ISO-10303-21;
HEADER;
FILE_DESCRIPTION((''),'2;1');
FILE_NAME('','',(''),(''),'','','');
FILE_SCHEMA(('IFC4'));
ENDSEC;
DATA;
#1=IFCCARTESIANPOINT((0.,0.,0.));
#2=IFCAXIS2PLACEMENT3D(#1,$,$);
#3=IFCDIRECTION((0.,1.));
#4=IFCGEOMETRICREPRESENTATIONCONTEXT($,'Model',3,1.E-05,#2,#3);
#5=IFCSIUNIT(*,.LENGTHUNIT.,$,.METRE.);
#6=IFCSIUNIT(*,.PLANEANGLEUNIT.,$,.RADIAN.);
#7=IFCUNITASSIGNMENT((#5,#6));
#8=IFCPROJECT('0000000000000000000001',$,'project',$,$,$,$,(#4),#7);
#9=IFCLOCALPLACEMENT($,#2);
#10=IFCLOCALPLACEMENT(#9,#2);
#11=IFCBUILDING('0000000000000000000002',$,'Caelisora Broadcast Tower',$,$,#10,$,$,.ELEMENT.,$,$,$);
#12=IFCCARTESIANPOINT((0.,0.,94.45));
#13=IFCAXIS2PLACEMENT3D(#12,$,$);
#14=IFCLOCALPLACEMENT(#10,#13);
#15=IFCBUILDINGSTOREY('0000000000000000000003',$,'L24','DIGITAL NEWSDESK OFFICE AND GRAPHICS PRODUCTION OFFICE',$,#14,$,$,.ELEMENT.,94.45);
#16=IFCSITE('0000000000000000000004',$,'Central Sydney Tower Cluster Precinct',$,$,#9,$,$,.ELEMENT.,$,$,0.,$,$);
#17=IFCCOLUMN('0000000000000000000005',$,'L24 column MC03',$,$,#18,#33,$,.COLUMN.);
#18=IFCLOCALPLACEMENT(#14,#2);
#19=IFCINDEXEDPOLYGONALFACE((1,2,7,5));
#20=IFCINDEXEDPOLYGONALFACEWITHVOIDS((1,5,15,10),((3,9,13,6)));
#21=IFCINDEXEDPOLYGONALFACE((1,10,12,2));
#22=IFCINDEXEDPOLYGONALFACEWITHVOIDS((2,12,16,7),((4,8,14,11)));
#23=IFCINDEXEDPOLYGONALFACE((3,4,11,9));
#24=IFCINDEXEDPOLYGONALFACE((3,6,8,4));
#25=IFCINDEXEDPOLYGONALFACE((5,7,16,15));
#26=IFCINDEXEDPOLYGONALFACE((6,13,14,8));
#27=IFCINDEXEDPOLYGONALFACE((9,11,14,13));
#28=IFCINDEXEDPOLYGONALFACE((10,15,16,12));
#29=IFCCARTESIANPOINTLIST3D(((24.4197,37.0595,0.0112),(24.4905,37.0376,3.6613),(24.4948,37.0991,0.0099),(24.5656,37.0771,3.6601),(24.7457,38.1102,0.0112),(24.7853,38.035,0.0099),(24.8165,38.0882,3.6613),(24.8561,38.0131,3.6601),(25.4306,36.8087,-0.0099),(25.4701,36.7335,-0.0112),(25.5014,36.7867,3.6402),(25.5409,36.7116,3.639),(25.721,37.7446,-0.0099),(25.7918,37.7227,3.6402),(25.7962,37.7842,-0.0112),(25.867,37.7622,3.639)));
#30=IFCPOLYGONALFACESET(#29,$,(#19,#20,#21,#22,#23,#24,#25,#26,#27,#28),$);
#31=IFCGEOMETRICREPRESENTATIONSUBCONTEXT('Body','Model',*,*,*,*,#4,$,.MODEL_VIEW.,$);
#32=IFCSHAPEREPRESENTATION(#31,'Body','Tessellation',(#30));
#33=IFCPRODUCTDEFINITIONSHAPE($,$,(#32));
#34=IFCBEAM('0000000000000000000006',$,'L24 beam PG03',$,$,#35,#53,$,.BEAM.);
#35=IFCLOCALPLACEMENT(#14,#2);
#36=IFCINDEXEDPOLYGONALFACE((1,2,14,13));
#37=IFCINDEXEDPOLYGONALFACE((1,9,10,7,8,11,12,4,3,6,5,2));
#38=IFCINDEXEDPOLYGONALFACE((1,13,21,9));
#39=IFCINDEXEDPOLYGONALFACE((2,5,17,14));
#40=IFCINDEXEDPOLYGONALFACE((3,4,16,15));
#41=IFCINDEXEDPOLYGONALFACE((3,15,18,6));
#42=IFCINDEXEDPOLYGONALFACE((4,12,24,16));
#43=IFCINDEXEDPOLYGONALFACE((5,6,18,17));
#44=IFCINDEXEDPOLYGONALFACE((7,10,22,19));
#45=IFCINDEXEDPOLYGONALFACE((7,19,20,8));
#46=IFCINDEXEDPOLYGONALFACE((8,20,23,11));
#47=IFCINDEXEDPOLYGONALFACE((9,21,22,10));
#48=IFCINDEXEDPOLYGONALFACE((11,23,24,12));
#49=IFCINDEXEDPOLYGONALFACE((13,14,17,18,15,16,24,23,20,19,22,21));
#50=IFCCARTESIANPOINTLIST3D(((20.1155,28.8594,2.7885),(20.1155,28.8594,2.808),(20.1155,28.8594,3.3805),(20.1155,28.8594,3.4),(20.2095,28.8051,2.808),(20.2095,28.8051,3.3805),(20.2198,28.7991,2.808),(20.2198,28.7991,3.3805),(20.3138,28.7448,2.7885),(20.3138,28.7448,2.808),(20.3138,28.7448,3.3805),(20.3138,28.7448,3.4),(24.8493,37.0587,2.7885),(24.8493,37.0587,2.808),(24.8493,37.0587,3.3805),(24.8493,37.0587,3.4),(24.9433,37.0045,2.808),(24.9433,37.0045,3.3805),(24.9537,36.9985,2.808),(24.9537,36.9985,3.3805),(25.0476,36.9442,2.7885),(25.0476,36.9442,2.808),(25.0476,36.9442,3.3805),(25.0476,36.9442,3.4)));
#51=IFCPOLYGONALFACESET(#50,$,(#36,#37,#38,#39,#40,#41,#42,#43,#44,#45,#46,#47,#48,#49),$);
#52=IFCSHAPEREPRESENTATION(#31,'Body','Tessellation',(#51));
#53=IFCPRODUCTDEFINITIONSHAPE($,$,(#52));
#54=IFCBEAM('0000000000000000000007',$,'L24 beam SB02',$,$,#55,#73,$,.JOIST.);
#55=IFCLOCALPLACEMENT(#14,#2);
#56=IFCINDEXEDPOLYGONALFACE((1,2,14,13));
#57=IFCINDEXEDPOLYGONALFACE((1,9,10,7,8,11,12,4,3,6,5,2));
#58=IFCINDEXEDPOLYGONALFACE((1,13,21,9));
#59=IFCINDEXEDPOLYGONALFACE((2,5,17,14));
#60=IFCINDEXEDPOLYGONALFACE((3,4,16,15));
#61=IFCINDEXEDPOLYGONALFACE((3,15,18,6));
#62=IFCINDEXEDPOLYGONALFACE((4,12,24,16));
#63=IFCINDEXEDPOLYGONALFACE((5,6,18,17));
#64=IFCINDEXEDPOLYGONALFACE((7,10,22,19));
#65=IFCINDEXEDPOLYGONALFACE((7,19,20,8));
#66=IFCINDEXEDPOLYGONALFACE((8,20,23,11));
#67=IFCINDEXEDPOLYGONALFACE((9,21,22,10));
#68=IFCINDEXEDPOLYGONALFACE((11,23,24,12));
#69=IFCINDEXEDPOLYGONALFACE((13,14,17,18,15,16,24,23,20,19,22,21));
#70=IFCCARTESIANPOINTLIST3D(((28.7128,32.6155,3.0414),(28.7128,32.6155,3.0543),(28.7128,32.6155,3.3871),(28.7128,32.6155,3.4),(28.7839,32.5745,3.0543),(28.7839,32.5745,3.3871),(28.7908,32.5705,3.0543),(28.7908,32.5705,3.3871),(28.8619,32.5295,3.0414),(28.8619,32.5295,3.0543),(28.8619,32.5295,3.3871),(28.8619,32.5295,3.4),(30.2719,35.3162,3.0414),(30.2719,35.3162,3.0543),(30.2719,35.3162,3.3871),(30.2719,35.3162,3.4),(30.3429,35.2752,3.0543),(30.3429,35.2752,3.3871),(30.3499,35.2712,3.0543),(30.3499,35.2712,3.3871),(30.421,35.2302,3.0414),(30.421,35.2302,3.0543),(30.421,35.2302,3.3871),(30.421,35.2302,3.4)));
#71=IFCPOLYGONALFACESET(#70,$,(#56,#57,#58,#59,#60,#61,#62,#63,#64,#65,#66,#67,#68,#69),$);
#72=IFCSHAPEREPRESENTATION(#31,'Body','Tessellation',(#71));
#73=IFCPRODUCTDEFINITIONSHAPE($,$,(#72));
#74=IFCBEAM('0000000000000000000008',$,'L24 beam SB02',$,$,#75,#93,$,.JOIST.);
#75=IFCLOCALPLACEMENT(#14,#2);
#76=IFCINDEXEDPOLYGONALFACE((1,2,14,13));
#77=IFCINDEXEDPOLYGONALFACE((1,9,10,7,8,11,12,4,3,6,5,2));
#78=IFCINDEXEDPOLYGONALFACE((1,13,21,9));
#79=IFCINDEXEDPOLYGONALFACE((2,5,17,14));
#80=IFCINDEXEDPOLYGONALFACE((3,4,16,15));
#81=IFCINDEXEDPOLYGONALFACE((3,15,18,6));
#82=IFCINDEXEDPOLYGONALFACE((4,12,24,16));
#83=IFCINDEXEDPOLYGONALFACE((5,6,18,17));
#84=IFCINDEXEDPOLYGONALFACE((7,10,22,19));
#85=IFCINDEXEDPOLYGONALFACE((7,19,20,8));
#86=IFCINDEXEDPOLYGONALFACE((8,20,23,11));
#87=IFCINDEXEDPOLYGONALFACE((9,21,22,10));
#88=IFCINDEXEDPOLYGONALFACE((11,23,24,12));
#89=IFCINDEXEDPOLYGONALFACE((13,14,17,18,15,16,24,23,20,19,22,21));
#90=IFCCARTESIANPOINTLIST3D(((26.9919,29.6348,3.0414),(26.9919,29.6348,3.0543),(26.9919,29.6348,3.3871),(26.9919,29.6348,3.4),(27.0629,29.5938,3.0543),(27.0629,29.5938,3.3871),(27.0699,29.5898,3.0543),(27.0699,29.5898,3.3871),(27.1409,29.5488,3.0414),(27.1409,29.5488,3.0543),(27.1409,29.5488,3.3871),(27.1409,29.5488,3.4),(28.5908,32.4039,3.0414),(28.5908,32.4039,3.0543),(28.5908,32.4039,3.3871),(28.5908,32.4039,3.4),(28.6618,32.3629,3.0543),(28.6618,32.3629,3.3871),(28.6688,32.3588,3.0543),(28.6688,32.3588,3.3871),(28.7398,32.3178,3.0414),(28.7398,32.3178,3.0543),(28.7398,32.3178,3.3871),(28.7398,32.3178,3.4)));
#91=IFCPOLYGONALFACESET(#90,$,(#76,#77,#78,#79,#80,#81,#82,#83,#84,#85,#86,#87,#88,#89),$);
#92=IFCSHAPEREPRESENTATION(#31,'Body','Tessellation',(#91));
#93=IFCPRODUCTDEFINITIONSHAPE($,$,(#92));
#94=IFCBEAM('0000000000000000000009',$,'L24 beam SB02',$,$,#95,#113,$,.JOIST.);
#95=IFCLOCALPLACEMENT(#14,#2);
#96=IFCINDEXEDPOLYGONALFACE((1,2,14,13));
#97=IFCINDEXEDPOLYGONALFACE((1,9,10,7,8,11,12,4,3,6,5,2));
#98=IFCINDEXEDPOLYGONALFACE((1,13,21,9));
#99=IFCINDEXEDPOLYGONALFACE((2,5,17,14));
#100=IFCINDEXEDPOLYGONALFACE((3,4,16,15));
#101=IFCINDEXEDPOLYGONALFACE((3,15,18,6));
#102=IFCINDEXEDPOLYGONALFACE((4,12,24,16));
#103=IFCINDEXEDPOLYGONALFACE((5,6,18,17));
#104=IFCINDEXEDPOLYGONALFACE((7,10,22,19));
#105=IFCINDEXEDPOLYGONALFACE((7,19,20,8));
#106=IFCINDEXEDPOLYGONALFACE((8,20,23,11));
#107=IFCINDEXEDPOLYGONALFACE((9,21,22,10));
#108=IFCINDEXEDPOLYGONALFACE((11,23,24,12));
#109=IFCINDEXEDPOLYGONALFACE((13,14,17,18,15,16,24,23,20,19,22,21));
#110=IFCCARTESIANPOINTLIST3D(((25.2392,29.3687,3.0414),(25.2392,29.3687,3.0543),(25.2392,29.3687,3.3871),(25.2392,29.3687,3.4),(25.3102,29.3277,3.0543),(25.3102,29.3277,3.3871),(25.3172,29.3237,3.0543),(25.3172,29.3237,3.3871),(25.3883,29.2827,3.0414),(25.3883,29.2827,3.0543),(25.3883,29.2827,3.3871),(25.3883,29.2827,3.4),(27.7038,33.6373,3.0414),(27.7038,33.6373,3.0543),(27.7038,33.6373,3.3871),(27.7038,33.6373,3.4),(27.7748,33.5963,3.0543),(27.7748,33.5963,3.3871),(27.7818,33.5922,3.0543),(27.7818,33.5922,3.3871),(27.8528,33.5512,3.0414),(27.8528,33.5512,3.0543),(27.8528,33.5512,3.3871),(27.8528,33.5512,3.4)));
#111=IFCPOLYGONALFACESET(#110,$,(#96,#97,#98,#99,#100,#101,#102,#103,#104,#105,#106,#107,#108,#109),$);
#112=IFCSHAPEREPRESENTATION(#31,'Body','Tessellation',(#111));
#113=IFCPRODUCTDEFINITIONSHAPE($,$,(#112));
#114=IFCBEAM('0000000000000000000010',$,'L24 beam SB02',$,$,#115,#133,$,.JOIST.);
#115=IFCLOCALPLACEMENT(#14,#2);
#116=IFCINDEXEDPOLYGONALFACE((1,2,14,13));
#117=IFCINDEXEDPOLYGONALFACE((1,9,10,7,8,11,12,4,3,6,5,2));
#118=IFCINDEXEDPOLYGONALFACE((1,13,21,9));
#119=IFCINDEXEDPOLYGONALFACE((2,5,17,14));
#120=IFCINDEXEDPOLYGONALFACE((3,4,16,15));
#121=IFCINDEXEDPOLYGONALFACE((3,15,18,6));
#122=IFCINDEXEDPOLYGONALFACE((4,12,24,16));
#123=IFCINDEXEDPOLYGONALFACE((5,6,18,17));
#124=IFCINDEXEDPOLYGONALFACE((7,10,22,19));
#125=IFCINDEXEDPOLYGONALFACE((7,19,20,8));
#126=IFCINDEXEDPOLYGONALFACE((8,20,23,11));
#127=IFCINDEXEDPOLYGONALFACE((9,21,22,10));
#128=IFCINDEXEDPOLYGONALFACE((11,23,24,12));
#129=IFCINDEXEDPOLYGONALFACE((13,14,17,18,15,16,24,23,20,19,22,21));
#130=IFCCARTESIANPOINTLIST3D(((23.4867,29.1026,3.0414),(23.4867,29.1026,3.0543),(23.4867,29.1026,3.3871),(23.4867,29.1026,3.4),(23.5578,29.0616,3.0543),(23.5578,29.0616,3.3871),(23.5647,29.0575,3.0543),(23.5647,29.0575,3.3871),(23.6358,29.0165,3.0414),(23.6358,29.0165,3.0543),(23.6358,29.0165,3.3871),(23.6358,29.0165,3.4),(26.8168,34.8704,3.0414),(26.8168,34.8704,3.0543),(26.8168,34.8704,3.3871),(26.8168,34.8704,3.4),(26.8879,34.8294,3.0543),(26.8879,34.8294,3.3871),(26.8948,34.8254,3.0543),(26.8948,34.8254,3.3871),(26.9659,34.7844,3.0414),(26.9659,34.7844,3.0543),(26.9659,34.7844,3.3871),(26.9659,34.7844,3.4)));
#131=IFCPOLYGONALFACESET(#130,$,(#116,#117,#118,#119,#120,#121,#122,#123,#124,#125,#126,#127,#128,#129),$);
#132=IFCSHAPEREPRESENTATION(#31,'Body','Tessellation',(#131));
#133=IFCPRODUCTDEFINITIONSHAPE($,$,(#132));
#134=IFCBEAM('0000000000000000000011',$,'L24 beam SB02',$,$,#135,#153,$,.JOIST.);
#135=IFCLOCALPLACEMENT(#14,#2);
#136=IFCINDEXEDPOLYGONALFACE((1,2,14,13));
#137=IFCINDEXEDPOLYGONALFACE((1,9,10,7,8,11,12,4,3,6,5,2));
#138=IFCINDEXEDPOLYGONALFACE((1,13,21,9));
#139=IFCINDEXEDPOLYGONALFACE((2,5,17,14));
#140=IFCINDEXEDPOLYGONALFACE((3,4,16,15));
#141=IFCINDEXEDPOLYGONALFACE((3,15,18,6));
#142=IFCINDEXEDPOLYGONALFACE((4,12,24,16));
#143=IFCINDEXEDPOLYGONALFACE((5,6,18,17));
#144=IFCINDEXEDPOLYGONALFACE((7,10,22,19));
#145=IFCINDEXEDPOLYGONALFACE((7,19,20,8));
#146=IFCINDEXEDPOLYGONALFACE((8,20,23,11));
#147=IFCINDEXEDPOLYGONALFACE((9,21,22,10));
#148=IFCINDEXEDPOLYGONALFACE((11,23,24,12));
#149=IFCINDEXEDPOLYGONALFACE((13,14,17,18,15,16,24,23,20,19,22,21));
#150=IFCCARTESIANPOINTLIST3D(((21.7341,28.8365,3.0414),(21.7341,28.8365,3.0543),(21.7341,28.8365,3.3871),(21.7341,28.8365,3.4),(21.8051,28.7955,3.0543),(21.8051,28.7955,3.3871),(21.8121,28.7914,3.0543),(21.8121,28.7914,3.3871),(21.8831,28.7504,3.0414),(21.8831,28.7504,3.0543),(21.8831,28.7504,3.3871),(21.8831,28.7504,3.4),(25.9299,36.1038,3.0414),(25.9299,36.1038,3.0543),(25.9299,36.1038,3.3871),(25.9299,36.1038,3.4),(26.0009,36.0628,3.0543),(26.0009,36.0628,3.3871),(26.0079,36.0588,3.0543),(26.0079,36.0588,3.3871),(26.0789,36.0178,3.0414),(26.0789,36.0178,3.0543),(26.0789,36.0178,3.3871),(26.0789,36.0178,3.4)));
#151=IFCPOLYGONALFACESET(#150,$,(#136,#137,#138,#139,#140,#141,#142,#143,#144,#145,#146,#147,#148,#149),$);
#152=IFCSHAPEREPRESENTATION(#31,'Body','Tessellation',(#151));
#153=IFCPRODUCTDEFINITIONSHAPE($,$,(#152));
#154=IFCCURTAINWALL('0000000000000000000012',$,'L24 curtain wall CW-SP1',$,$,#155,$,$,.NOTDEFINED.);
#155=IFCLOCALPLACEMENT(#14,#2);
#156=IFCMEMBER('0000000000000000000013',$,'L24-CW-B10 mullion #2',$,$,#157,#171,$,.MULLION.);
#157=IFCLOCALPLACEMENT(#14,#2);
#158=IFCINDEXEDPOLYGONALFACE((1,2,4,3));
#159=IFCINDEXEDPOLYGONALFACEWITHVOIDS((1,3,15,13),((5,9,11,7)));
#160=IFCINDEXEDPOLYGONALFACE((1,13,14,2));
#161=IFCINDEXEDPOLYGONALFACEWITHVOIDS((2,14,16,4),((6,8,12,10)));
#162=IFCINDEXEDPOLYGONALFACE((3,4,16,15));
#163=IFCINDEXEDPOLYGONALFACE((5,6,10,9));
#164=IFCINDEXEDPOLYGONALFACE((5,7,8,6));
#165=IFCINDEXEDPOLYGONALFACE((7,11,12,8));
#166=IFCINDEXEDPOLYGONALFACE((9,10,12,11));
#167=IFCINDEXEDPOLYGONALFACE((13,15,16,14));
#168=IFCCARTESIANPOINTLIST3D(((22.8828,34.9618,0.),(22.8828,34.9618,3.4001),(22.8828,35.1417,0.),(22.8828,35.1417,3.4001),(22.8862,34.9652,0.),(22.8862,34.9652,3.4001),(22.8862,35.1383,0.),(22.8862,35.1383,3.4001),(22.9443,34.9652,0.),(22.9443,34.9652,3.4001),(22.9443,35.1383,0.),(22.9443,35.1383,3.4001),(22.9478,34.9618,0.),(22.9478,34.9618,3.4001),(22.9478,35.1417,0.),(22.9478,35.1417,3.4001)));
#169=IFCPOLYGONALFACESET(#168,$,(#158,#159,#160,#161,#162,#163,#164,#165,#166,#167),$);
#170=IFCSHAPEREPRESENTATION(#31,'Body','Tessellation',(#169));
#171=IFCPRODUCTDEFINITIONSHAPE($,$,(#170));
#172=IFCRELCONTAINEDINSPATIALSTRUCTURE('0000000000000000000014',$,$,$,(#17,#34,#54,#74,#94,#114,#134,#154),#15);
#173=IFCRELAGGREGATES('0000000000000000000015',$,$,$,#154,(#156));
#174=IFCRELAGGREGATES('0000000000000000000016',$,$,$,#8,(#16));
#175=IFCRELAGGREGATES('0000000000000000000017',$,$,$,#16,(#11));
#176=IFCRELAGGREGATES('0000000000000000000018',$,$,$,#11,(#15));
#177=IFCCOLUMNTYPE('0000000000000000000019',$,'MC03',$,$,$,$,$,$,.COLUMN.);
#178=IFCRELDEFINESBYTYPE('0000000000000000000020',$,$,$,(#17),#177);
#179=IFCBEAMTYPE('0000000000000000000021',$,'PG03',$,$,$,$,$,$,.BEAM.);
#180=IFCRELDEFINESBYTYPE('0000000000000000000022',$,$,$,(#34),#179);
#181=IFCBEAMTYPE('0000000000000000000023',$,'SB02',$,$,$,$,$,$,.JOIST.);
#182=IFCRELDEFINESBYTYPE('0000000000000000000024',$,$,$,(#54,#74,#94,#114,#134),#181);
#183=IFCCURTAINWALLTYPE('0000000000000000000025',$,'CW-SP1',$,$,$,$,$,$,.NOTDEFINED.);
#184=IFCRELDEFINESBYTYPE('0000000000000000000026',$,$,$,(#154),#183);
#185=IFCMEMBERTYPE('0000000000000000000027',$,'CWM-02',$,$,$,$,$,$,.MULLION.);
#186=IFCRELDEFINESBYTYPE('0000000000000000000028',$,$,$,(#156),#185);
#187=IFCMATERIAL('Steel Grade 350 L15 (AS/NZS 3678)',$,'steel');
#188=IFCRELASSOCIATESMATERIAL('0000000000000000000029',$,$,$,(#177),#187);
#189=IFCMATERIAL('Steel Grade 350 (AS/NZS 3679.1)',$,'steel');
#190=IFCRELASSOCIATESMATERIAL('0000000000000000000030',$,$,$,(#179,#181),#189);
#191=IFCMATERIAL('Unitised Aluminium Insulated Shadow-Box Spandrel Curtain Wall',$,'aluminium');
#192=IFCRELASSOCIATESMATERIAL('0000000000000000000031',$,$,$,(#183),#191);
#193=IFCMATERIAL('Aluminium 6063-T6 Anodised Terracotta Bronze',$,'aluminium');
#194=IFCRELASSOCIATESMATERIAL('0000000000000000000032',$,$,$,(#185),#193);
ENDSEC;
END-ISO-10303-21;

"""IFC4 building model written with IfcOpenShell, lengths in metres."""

from ifc_helpers import new_model, si_unit, direction, frame, origin, origin_2d, place, context, subcontext, project, spatial, hollow_rectangle, i_section, extrude, source, transform, mapped, material, material_profile, profile_set, type_object, type_shapes, element, aggregate, save


model = new_model("IFC4")

# Units and contexts
model_context = context("Model", 3, precision=1e-05, world=origin(), true_north=direction((0.0, 1.0)))
body_context = subcontext(model_context, "Body", "Model", "MODEL_VIEW")
ifc_project = project(units=[si_unit("LENGTHUNIT", "METRE"), si_unit("PLANEANGLEUNIT", "RADIAN")], contexts=[model_context])

# Site, building, storey
site_placement = place(None, origin())
site = spatial("IfcSite", under=ifc_project, at=site_placement, Name="Central Sydney Tower Cluster Precinct", CompositionType="ELEMENT", RefElevation=0.0)
building_placement = place(site_placement, origin())
building = spatial("IfcBuilding", under=site, at=building_placement, Name="Caelisora Broadcast Tower", CompositionType="ELEMENT")
storey_placement = place(building_placement, frame((0.0, 0.0, 94.45)))
storey = spatial("IfcBuildingStorey", under=building, at=storey_placement, Name="L24", Description="DIGITAL NEWSDESK OFFICE AND GRAPHICS PRODUCTION OFFICE", CompositionType="ELEMENT", Elevation=94.45)

# Column
ifc_material_1 = material(Name="Steel Grade 350 L15 (AS/NZS 3678)", Category="steel")
ifc_material_profile_1 = material_profile(ifc_material_1, hollow_rectangle(XDim=1.1001, YDim=1.1001, WallThickness=0.0601, at=origin_2d()), Name="Steel Grade 350 L15 (AS/NZS 3678)")
ifc_profile_set_1 = profile_set([ifc_material_profile_1], Name="Steel Grade 350 L15 (AS/NZS 3678)")
column_type = type_object("IfcColumnType", Name="MC03", PredefinedType="COLUMN", material=ifc_profile_set_1)
shared_shape_1 = source(origin(), body_context, "Body", "SweptSolid", [
    extrude(hollow_rectangle(XDim=1.1001, YDim=1.1001, WallThickness=0.0601, at=origin_2d()), origin(), (0.0, 0.0, 1.0), 3.6509),
])
type_shapes(column_type, [shared_shape_1])
column_placement = place(storey_placement, frame((25.1079, 37.4219, 0.0), z_axis=(0.019393, -0.006018, 0.999794), x_axis=(0.296399, 0.955064, 0.0)))
element("IfcColumn", 1, at=column_placement, inside=storey, type_object=column_type, Name="L24 column MC03", PredefinedType="COLUMN", context=body_context, shape_type="MappedRepresentation", body=[
    mapped(shared_shape_1, transform((0.0, 0.0, 0.0), scale=1.0)),
])

# Beams
ifc_material_2 = material(Name="Steel Grade 350 (AS/NZS 3679.1)", Category="steel")
ifc_material_profile_2 = material_profile(ifc_material_2, i_section(OverallWidth=0.229, OverallDepth=0.6116, WebThickness=0.012, FlangeThickness=0.0195, at=origin_2d()), Name="Steel Grade 350 (AS/NZS 3679.1)")
ifc_profile_set_2 = profile_set([ifc_material_profile_2], Name="Steel Grade 350 (AS/NZS 3679.1)")
beam_type_1 = type_object("IfcBeamType", Name="PG03", PredefinedType="BEAM", material=ifc_profile_set_2)
shared_shape_2 = source(origin(), body_context, "Body", "SweptSolid", [
    extrude(i_section(OverallWidth=0.229, OverallDepth=0.6116, WebThickness=0.012, FlangeThickness=0.0195, at=origin_2d()), origin(), (0.0, 0.0, 1.0), 9.4678),
])
type_shapes(beam_type_1, [shared_shape_2])
beam_1_placement = place(storey_placement, frame((24.9485, 37.0015, 3.0942), z_axis=(-0.499994, -0.866029, 0.0), x_axis=(0.866029, -0.499994, 0.0)))
element("IfcBeam", 2, at=beam_1_placement, inside=storey, type_object=beam_type_1, Name="L24 beam PG03", PredefinedType="BEAM", context=body_context, shape_type="MappedRepresentation", body=[
    mapped(shared_shape_2, transform((0.0, 0.0, 0.0), scale=1.0)),
])
ifc_material_profile_3 = material_profile(ifc_material_2, i_section(OverallWidth=0.1721, OverallDepth=0.3586, WebThickness=0.0081, FlangeThickness=0.0129, at=origin_2d()), Name="Steel Grade 350 (AS/NZS 3679.1)")
ifc_profile_set_3 = profile_set([ifc_material_profile_3], Name="Steel Grade 350 (AS/NZS 3679.1)")
beam_type_2 = type_object("IfcBeamType", Name="SB02", PredefinedType="JOIST", material=ifc_profile_set_3)
shared_shape_3 = source(origin(), body_context, "Body", "SweptSolid", [
    extrude(i_section(OverallWidth=0.1721, OverallDepth=0.3586, WebThickness=0.0081, FlangeThickness=0.0129, at=origin_2d()), origin(), (0.0, 0.0, 1.0), 3.1184),
])
beam_2_placement = place(storey_placement, frame((30.3464, 35.2732, 3.2207), z_axis=(-0.499962, -0.866047, 0.0), x_axis=(0.866047, -0.499962, 0.0)))
element("IfcBeam", 3, at=beam_2_placement, inside=storey, type_object=beam_type_2, Name="L24 beam SB02", PredefinedType="JOIST", context=body_context, shape_type="MappedRepresentation", body=[
    mapped(shared_shape_3, transform((0.0, 0.0, 0.0), scale=1.0)),
])
shared_shape_4 = source(origin(), body_context, "Body", "SweptSolid", [
    extrude(i_section(OverallWidth=0.1721, OverallDepth=0.3586, WebThickness=0.0081, FlangeThickness=0.0129, at=origin_2d()), origin(), (0.0, 0.0, 1.0), 3.1975),
])
beam_3_placement = place(storey_placement, frame((28.6653, 32.3608, 3.2207), z_axis=(-0.50004, -0.866002, 0.0), x_axis=(0.866002, -0.50004, 0.0)))
element("IfcBeam", 4, at=beam_3_placement, inside=storey, type_object=beam_type_2, Name="L24 beam SB02", PredefinedType="JOIST", context=body_context, shape_type="MappedRepresentation", body=[
    mapped(shared_shape_4, transform((0.0, 0.0, 0.0), scale=1.0)),
])
shared_shape_5 = source(origin(), body_context, "Body", "SweptSolid", [
    extrude(i_section(OverallWidth=0.1721, OverallDepth=0.3586, WebThickness=0.0081, FlangeThickness=0.0129, at=origin_2d()), origin(), (0.0, 0.0, 1.0), 4.929),
])
beam_4_placement = place(storey_placement, frame((27.7783, 33.5942, 3.2207), z_axis=(-0.500023, -0.866012, 0.0), x_axis=(0.866012, -0.500023, 0.0)))
element("IfcBeam", 5, at=beam_4_placement, inside=storey, type_object=beam_type_2, Name="L24 beam SB02", PredefinedType="JOIST", context=body_context, shape_type="MappedRepresentation", body=[
    mapped(shared_shape_5, transform((0.0, 0.0, 0.0), scale=1.0)),
])
shared_shape_6 = source(origin(), body_context, "Body", "SweptSolid", [
    extrude(i_section(OverallWidth=0.1721, OverallDepth=0.3586, WebThickness=0.0081, FlangeThickness=0.0129, at=origin_2d()), origin(), (0.0, 0.0, 1.0), 6.6602),
])
beam_5_placement = place(storey_placement, frame((26.8914, 34.8274, 3.2207), z_axis=(-0.500003, -0.866024, 0.0), x_axis=(0.866024, -0.500003, 0.0)))
element("IfcBeam", 6, at=beam_5_placement, inside=storey, type_object=beam_type_2, Name="L24 beam SB02", PredefinedType="JOIST", context=body_context, shape_type="MappedRepresentation", body=[
    mapped(shared_shape_6, transform((0.0, 0.0, 0.0), scale=1.0)),
])
shared_shape_7 = source(origin(), body_context, "Body", "SweptSolid", [
    extrude(i_section(OverallWidth=0.1721, OverallDepth=0.3586, WebThickness=0.0081, FlangeThickness=0.0129, at=origin_2d()), origin(), (0.0, 0.0, 1.0), 8.3916),
])
type_shapes(beam_type_2, [shared_shape_3, shared_shape_4, shared_shape_5, shared_shape_6, shared_shape_7])
beam_6_placement = place(storey_placement, frame((26.0044, 36.0608, 3.2207), z_axis=(-0.5, -0.866025, 0.0), x_axis=(0.866025, -0.5, 0.0)))
element("IfcBeam", 7, at=beam_6_placement, inside=storey, type_object=beam_type_2, Name="L24 beam SB02", PredefinedType="JOIST", context=body_context, shape_type="MappedRepresentation", body=[
    mapped(shared_shape_7, transform((0.0, 0.0, 0.0), scale=1.0)),
])

# Curtain wall, member
ifc_material_3 = material(Name="Unitised Aluminium Insulated Shadow-Box Spandrel Curtain Wall", Category="aluminium")
curtain_wall_type = type_object("IfcCurtainWallType", Name="CW-SP1", PredefinedType="NOTDEFINED", material=ifc_material_3)
curtain_wall_placement = place(storey_placement, origin())
curtain_wall = element("IfcCurtainWall", 8, at=curtain_wall_placement, inside=storey, type_object=curtain_wall_type, Name="L24 curtain wall CW-SP1", PredefinedType="NOTDEFINED")
ifc_material_4 = material(Name="Aluminium 6063-T6 Anodised Terracotta Bronze", Category="aluminium")
ifc_material_profile_4 = material_profile(ifc_material_4, hollow_rectangle(XDim=0.0649, YDim=0.1799, WallThickness=0.0034, at=origin_2d()), Name="Aluminium 6063-T6 Anodised Terracotta Bronze")
ifc_profile_set_4 = profile_set([ifc_material_profile_4], Name="Aluminium 6063-T6 Anodised Terracotta Bronze")
member_type = type_object("IfcMemberType", Name="CWM-02", PredefinedType="MULLION", material=ifc_profile_set_4)
shared_shape_8 = source(origin(), body_context, "Body", "SweptSolid", [
    extrude(hollow_rectangle(XDim=0.0649, YDim=0.1799, WallThickness=0.0034, at=origin_2d()), origin(), (0.0, 0.0, 1.0), 3.4001),
])
type_shapes(member_type, [shared_shape_8])
member_placement = place(storey_placement, frame((22.9153, 35.0518, 0.0), z_axis=(0.0, 0.0, 1.0), x_axis=(1.0, 0.0, 0.0)))
member = element("IfcMember", 9, at=member_placement, type_object=member_type, Name="L24-CW-B10 mullion #2", PredefinedType="MULLION", context=body_context, shape_type="MappedRepresentation", body=[
    mapped(shared_shape_8, transform((0.0, 0.0, 0.0), scale=1.0)),
])
aggregate(curtain_wall, [member])

save(model, "model.ifc")
